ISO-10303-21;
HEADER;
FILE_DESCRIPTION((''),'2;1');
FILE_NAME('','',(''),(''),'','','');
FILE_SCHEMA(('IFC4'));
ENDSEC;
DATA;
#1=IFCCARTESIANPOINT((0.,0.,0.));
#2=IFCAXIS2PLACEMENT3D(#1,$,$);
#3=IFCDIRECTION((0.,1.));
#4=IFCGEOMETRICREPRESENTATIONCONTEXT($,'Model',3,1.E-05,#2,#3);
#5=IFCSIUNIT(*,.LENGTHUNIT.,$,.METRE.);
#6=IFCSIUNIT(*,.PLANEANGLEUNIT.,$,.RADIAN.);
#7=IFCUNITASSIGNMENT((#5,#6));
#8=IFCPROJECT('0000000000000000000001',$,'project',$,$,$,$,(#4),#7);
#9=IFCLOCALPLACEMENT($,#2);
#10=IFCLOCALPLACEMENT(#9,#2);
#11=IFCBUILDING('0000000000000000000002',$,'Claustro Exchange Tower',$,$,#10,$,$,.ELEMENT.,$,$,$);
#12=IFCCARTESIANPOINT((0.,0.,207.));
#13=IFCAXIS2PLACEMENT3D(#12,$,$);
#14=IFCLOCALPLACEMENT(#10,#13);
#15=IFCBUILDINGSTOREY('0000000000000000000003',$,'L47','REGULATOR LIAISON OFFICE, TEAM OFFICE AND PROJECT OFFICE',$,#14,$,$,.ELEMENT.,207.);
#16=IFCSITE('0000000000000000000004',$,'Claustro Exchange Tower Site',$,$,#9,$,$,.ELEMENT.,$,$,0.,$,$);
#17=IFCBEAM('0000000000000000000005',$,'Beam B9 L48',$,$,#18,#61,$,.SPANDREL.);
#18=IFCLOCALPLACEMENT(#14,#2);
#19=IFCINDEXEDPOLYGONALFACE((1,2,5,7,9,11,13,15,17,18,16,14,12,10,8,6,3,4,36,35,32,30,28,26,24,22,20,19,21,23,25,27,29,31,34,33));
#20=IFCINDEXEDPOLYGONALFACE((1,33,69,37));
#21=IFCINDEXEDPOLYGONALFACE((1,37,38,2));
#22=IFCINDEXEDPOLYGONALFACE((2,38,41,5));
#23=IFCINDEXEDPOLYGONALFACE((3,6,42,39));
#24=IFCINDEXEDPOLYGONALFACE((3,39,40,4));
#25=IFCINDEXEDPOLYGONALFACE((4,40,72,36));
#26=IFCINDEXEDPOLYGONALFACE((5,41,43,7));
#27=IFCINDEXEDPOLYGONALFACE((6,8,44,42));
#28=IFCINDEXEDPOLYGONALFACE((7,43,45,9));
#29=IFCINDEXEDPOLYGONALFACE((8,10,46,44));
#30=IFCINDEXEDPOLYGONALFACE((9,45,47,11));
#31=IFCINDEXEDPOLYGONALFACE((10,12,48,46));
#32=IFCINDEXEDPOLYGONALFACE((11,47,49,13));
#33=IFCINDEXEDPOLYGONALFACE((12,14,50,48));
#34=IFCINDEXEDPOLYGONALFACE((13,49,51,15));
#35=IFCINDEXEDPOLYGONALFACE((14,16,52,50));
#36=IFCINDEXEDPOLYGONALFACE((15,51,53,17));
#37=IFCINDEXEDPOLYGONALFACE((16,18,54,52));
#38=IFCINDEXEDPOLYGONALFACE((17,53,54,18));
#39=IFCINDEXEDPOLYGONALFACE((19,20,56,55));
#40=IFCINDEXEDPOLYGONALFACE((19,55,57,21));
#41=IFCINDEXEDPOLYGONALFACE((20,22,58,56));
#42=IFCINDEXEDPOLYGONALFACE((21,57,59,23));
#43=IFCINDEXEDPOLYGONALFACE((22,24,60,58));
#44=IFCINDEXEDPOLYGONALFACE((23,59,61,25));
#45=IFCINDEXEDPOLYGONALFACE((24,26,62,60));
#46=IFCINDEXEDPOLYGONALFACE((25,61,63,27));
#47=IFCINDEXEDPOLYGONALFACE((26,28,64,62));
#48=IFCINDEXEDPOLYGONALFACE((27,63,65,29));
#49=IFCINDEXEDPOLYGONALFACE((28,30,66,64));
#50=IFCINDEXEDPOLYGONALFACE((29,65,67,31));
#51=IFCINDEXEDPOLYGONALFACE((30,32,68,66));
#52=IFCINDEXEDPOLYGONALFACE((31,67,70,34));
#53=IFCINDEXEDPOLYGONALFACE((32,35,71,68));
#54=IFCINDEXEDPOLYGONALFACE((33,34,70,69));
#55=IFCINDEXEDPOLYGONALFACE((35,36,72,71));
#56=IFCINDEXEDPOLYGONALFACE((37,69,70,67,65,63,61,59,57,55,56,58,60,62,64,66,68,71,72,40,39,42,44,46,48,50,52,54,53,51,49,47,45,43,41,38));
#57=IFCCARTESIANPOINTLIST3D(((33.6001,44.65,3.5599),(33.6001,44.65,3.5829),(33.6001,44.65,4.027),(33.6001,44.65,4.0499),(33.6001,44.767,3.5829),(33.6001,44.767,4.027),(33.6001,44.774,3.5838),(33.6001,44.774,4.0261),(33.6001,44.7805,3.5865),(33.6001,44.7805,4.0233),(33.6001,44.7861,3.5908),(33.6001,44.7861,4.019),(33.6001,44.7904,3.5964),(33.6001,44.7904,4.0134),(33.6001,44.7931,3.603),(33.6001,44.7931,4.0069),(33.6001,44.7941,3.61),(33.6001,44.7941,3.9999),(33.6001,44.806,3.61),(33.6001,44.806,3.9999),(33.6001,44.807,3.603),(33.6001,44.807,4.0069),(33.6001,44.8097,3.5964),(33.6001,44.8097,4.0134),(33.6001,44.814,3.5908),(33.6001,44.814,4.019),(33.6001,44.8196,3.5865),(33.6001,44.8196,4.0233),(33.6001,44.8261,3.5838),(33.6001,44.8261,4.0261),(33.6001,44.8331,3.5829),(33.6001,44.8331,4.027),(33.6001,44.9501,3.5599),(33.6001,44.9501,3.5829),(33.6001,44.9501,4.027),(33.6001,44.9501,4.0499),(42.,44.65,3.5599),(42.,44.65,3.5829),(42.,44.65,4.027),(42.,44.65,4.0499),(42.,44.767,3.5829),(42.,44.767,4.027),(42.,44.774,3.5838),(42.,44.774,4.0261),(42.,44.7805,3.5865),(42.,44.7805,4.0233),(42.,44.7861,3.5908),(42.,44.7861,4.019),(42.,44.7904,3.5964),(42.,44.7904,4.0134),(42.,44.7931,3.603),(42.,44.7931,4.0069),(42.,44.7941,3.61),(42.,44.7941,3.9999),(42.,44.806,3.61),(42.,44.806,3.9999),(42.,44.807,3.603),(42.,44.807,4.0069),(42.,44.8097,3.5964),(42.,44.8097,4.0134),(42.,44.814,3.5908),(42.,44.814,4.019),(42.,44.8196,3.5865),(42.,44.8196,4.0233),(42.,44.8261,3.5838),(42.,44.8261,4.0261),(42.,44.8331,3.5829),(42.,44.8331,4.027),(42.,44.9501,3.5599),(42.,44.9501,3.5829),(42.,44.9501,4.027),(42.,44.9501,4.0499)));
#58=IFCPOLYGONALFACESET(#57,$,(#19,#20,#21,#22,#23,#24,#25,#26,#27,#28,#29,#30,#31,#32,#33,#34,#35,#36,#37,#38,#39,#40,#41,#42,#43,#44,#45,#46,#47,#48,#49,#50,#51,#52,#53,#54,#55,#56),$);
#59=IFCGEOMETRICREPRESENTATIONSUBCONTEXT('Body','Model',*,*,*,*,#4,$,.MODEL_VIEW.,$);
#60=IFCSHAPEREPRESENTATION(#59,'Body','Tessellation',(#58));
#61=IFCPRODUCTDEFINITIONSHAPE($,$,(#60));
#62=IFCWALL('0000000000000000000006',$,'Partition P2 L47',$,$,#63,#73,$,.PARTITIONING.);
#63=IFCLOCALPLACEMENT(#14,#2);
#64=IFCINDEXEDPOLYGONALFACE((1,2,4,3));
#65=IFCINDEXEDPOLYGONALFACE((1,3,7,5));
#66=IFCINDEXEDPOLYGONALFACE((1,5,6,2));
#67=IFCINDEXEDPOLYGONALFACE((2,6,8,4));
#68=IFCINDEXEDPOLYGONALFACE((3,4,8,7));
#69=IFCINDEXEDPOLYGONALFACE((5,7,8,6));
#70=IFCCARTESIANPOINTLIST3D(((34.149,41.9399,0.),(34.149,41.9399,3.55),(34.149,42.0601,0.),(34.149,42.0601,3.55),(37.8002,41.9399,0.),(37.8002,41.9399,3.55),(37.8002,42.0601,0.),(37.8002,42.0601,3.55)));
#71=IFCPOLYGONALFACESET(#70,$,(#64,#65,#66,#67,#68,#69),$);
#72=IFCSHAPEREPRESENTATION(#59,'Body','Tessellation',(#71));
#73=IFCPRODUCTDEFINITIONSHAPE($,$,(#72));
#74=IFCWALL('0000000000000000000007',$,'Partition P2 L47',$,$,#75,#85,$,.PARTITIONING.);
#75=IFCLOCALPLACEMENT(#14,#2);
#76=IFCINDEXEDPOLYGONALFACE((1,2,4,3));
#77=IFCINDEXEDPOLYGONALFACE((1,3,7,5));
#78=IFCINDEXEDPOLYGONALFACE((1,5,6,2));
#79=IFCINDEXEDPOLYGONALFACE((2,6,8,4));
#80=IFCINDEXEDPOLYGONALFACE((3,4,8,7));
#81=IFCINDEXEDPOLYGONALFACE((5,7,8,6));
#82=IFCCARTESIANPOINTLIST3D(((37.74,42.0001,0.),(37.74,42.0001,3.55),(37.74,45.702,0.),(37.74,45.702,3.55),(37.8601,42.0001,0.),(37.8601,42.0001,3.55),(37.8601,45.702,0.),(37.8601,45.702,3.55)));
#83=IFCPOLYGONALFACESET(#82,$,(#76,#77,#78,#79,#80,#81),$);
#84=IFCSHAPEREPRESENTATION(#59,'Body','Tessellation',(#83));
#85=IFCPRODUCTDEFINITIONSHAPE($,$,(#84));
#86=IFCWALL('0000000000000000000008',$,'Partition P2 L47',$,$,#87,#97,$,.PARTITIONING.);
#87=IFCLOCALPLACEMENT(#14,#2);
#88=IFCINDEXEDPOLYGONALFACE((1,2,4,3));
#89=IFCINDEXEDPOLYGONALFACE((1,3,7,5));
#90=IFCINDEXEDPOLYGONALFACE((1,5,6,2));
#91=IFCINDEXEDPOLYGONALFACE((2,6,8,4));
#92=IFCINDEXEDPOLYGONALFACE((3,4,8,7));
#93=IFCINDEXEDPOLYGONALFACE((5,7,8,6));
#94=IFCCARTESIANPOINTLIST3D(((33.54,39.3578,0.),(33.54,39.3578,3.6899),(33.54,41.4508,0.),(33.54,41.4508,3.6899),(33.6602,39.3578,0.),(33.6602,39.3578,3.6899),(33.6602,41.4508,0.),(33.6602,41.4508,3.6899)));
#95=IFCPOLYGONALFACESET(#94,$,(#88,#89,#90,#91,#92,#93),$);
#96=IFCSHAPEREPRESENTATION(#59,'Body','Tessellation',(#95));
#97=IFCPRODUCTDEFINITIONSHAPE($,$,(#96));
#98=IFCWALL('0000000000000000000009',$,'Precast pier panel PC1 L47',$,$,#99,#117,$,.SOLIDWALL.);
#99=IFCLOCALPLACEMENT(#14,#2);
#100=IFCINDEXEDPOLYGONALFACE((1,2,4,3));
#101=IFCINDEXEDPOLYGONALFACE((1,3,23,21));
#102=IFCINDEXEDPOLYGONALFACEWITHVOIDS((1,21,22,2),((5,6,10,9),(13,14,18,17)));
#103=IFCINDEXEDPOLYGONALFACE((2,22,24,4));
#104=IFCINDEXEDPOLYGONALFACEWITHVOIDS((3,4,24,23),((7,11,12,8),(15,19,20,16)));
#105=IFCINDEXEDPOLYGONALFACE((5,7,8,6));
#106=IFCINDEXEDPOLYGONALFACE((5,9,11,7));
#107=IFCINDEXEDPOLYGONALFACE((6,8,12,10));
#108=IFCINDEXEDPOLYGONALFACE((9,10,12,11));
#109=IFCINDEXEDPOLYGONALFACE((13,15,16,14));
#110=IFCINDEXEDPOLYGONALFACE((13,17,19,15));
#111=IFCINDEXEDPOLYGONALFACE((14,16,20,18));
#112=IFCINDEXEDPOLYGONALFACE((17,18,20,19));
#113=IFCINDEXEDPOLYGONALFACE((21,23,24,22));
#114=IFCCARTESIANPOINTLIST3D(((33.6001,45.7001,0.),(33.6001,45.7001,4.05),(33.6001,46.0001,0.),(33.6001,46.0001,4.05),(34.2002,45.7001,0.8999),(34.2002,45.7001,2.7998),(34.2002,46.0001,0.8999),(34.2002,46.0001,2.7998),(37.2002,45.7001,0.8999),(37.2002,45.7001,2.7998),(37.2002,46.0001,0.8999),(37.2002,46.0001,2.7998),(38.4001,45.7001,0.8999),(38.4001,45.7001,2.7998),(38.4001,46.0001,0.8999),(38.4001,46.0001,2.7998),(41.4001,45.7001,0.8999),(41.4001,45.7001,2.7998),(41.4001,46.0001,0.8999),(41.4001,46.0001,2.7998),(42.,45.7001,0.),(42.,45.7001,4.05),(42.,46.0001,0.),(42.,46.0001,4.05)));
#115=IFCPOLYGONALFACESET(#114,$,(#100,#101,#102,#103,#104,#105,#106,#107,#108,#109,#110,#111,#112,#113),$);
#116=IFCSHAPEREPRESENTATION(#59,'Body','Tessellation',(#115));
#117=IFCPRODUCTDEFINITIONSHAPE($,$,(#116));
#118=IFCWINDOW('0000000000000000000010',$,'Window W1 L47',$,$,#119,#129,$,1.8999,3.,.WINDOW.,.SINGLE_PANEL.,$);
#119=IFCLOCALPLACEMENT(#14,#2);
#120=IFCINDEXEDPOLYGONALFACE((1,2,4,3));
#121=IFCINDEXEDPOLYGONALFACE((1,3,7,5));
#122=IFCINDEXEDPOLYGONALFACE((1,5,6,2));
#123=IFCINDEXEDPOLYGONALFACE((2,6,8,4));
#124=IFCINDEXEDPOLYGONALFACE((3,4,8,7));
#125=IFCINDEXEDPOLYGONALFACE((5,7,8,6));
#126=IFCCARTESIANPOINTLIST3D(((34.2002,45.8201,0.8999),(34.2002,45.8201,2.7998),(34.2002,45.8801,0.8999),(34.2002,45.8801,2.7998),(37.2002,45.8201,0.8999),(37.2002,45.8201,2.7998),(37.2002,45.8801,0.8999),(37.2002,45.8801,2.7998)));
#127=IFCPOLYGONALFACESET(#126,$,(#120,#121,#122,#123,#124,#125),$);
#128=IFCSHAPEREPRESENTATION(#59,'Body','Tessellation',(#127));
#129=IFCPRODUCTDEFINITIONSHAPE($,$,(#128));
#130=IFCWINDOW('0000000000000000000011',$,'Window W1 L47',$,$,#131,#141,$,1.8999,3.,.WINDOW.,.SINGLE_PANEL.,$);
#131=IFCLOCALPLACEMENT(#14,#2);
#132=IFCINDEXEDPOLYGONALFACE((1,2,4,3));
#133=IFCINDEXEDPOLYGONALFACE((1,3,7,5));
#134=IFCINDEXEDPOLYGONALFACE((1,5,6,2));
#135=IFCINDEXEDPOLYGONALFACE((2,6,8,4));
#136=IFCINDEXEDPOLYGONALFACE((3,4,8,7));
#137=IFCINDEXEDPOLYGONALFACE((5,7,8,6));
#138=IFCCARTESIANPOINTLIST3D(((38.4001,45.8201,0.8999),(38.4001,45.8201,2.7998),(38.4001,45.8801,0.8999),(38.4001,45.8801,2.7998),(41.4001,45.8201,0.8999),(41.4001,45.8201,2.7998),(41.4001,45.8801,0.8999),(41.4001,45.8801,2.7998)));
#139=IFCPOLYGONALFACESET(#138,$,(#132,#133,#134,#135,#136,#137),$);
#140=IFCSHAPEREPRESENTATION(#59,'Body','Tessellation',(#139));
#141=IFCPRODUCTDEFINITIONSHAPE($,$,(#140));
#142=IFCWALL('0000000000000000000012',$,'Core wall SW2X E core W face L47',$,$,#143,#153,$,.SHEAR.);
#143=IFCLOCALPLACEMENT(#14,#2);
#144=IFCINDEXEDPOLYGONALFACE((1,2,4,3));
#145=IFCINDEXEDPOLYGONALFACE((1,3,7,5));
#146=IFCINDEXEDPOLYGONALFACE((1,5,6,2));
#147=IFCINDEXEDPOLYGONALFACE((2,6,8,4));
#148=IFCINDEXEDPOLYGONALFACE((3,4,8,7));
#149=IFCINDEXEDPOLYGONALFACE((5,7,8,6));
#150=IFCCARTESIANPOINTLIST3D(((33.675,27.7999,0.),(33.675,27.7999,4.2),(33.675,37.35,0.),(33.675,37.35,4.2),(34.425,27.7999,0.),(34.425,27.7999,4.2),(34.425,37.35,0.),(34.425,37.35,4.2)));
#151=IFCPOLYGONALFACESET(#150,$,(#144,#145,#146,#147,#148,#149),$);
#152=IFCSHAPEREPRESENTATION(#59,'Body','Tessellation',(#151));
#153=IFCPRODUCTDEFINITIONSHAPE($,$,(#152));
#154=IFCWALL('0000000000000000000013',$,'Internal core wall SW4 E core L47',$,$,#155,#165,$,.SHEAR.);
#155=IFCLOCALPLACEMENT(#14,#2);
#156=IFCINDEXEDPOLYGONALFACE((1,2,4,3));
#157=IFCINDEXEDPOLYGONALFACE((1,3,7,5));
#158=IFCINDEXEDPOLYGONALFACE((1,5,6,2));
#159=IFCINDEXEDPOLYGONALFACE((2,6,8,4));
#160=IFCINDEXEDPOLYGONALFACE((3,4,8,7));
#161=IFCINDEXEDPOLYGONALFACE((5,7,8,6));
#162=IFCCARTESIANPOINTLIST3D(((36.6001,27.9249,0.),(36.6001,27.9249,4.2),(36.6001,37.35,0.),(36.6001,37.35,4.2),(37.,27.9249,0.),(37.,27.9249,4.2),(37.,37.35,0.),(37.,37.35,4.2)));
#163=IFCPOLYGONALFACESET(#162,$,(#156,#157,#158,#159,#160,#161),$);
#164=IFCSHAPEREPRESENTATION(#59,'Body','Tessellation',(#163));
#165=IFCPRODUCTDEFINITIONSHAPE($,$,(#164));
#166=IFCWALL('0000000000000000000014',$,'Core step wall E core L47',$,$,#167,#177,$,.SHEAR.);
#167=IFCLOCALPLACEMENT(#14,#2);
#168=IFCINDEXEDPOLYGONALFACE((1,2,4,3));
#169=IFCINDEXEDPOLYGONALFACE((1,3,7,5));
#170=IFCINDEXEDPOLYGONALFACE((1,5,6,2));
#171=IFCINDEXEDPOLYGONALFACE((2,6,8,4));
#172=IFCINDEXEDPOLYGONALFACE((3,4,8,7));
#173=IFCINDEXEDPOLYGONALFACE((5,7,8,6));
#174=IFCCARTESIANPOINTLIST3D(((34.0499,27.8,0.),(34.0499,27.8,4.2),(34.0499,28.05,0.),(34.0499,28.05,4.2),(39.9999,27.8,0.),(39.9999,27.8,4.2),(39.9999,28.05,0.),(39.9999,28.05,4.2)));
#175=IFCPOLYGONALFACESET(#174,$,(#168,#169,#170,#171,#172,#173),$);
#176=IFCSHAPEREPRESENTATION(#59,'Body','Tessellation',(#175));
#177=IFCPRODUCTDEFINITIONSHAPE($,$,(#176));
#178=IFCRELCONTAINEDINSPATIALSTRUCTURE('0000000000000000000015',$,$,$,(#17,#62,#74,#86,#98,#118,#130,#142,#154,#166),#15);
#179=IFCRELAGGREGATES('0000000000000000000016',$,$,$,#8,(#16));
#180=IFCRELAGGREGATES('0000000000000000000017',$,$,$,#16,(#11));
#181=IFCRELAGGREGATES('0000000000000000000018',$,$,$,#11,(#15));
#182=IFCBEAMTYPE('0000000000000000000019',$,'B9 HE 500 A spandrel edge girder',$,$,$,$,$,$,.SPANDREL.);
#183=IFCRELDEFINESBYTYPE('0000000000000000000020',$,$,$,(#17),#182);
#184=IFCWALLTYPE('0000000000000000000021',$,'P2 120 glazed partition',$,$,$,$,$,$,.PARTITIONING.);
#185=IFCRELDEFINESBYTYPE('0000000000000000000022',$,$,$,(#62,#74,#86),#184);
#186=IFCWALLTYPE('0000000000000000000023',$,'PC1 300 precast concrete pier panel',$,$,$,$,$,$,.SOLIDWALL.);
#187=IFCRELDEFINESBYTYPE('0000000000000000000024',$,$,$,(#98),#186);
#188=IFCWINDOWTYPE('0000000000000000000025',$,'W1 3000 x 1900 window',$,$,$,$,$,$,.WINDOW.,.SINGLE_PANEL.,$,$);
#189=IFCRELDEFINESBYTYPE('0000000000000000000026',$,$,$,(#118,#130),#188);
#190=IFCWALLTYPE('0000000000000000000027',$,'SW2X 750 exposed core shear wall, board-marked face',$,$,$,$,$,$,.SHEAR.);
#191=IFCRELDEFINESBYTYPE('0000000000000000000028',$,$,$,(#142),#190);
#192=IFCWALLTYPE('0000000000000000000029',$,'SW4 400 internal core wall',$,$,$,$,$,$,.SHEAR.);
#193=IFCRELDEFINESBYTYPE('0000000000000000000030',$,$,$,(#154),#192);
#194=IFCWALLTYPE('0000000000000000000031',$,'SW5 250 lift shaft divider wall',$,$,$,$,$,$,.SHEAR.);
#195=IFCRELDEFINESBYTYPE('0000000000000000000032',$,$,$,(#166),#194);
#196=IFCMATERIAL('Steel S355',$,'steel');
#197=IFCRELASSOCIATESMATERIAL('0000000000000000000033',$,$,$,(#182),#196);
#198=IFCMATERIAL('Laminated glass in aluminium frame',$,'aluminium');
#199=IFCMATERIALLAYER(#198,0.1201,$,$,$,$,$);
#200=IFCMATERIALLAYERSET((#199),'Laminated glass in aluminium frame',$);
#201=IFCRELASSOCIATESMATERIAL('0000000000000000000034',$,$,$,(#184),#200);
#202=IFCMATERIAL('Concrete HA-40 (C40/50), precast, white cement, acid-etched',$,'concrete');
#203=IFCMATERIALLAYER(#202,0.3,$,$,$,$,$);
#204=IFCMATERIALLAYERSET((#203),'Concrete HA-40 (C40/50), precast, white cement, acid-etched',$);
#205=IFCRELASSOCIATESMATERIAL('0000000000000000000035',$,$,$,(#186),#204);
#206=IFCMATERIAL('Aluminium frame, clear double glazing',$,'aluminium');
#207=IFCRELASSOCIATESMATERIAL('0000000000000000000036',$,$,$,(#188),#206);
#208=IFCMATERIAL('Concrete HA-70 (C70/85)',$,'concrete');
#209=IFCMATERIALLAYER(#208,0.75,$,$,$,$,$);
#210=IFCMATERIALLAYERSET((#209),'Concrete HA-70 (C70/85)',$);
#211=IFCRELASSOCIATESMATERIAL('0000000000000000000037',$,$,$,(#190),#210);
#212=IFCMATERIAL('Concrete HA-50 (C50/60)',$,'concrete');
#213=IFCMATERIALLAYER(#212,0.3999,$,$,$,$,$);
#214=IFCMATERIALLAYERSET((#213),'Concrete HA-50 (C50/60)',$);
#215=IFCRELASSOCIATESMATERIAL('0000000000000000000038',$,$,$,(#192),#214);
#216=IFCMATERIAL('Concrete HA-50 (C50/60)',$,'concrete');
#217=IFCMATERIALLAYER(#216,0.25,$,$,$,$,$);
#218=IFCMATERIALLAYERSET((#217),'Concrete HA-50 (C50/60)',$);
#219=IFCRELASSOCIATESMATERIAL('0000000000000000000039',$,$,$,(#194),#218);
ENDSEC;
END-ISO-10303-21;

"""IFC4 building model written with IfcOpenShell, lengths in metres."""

from ifc_helpers import new_model, si_unit, direction, frame, frame_2d, origin, origin_2d, place, context, subcontext, project, spatial, rectangle, i_section, extrude, material, layer, layer_set, material_profile, profile_set, type_object, element, fill, save


model = new_model("IFC4")

# Units and contexts
model_context = context("Model", 3, precision=1e-05, world=origin(), true_north=direction((0.0, 1.0)))
body_context = subcontext(model_context, "Body", "Model", "MODEL_VIEW")
ifc_project = project(units=[si_unit("LENGTHUNIT", "METRE"), si_unit("PLANEANGLEUNIT", "RADIAN")], contexts=[model_context])

# Site, building, storey
site_placement = place(None, origin())
site = spatial("IfcSite", under=ifc_project, at=site_placement, Name="Claustro Exchange Tower Site", CompositionType="ELEMENT", RefElevation=0.0)
building_placement = place(site_placement, origin())
building = spatial("IfcBuilding", under=site, at=building_placement, Name="Claustro Exchange Tower", CompositionType="ELEMENT")
storey_placement = place(building_placement, frame((0.0, 0.0, 207.0)))
storey = spatial("IfcBuildingStorey", under=building, at=storey_placement, Name="L47", Description="REGULATOR LIAISON OFFICE, TEAM OFFICE AND PROJECT OFFICE", CompositionType="ELEMENT", Elevation=207.0)

# Beam
ifc_material_1 = material(Name="Steel S355", Category="steel")
ifc_material_profile_1 = material_profile(ifc_material_1, i_section(OverallWidth=0.3, OverallDepth=0.49, WebThickness=0.012, FlangeThickness=0.0229, FilletRadius=0.0271, at=origin_2d()), Name="HE 500 A")
ifc_profile_set_1 = profile_set([ifc_material_profile_1], Name="Steel S355")
beam_type_1 = type_object("IfcBeamType", Name="B9 HE 500 A spandrel edge girder", PredefinedType="SPANDREL", material=ifc_profile_set_1)
beam_1_placement = place(storey_placement, frame((33.6001, 44.8, 3.8049), z_axis=(1.0, 0.0, 0.0), x_axis=(0.0, 1.0, 0.0)))
element("IfcBeam", 1, at=beam_1_placement, inside=storey, type_object=beam_type_1, Name="Beam B9 L48", PredefinedType="SPANDREL", context=body_context, shape_type="SweptSolid", body=[
    extrude(i_section(OverallWidth=0.3, OverallDepth=0.49, WebThickness=0.012, FlangeThickness=0.0229, FilletRadius=0.0271, at=origin_2d()), origin(), (0.0, 0.0, 1.0), 8.3999),
])

# Walls
ifc_material_2 = material(Name="Laminated glass in aluminium frame", Category="aluminium")
ifc_layer_1 = layer(ifc_material_2, 0.1201)
ifc_layer_set_1 = layer_set([ifc_layer_1], Name="Laminated glass in aluminium frame")
wall_type_1 = type_object("IfcWallType", Name="P2 120 glazed partition", PredefinedType="PARTITIONING", material=ifc_layer_set_1)
wall_1_placement = place(storey_placement, frame((34.1489, 42.0, 0.0), z_axis=(0.0, 0.0, 1.0), x_axis=(1.0, 0.0, 0.0)))
element("IfcWall", 2, at=wall_1_placement, inside=storey, type_object=wall_type_1, Name="Partition P2 L47", PredefinedType="PARTITIONING", context=body_context, shape_type="SweptSolid", body=[
    extrude(rectangle(XDim=3.6511, YDim=0.1201, at=frame_2d((1.8257, 0.0))), origin(), (0.0, 0.0, 1.0), 3.55),
])
wall_2_placement = place(storey_placement, frame((37.8, 42.0, 0.0), z_axis=(0.0, 0.0, 1.0), x_axis=(0.0, 1.0, 0.0)))
element("IfcWall", 3, at=wall_2_placement, inside=storey, type_object=wall_type_1, Name="Partition P2 L47", PredefinedType="PARTITIONING", context=body_context, shape_type="SweptSolid", body=[
    extrude(rectangle(XDim=3.7019, YDim=0.1201, at=frame_2d((1.8511, 0.0))), origin(), (0.0, 0.0, 1.0), 3.55),
])
wall_3_placement = place(storey_placement, frame((33.6001, 39.3579, 0.0), z_axis=(0.0, 0.0, 1.0), x_axis=(0.0, 1.0, 0.0)))
element("IfcWall", 4, at=wall_3_placement, inside=storey, type_object=wall_type_1, Name="Partition P2 L47", PredefinedType="PARTITIONING", context=body_context, shape_type="SweptSolid", body=[
    extrude(rectangle(XDim=2.093, YDim=0.1201, at=frame_2d((1.0464, 0.0))), origin(), (0.0, 0.0, 1.0), 3.6899),
])

# Wall, openings, windows
ifc_material_3 = material(Name="Concrete HA-40 (C40/50), precast, white cement, acid-etched", Category="concrete")
ifc_layer_2 = layer(ifc_material_3, 0.3)
ifc_layer_set_2 = layer_set([ifc_layer_2], Name="Concrete HA-40 (C40/50), precast, white cement, acid-etched")
wall_type_2 = type_object("IfcWallType", Name="PC1 300 precast concrete pier panel", PredefinedType="SOLIDWALL", material=ifc_layer_set_2)
wall_4_placement = place(storey_placement, frame((33.6001, 45.8501, 0.0), z_axis=(0.0, 0.0, 1.0), x_axis=(1.0, 0.0, 0.0)))
wall_4 = element("IfcWall", 5, at=wall_4_placement, inside=storey, type_object=wall_type_2, Name="Precast pier panel PC1 L47", PredefinedType="SOLIDWALL", context=body_context, shape_type="SweptSolid", body=[
    extrude(rectangle(XDim=8.3999, YDim=0.3, at=frame_2d((4.2, 0.0))), origin(), (0.0, 0.0, 1.0), 4.05),
])
opening_1_placement = place(wall_4_placement, frame((0.6001, 0.0, 0.8999)))
opening_1 = element("IfcOpeningElement", 6, at=opening_1_placement, cuts=wall_4, PredefinedType="OPENING", context=body_context, shape_type="SweptSolid", body=[
    extrude(rectangle(XDim=3.0, YDim=1.8999, at=frame_2d((1.5, 0.95))), frame((0.0, 0.1599, 0.0), z_axis=(0.0, -1.0, 0.0), x_axis=(1.0, 0.0, 0.0)), (0.0, 0.0, 1.0), 0.3201),
])
opening_2_placement = place(wall_4_placement, frame((4.8, 0.0, 0.8999)))
opening_2 = element("IfcOpeningElement", 7, at=opening_2_placement, cuts=wall_4, PredefinedType="OPENING", context=body_context, shape_type="SweptSolid", body=[
    extrude(rectangle(XDim=3.0, YDim=1.8999, at=frame_2d((1.5, 0.95))), frame((0.0, 0.1599, 0.0), z_axis=(0.0, -1.0, 0.0), x_axis=(1.0, 0.0, 0.0)), (0.0, 0.0, 1.0), 0.3201),
])
ifc_material_4 = material(Name="Aluminium frame, clear double glazing", Category="aluminium")
window_type = type_object("IfcWindowType", Name="W1 3000 x 1900 window", PartitioningType="SINGLE_PANEL", PredefinedType="WINDOW", material=ifc_material_4)
window_1_placement = place(opening_1_placement, origin())
window_1 = element("IfcWindow", 8, at=window_1_placement, inside=storey, type_object=window_type, Name="Window W1 L47", OverallHeight=1.8999, OverallWidth=3.0, PartitioningType="SINGLE_PANEL", PredefinedType="WINDOW", context=body_context, shape_type="SweptSolid", body=[
    extrude(rectangle(XDim=3.0, YDim=1.8999, at=frame_2d((1.5, 0.95))), frame((0.0, 0.03, 0.0), z_axis=(0.0, -1.0, 0.0), x_axis=(1.0, 0.0, 0.0)), (0.0, 0.0, 1.0), 0.0601),
])
fill(opening_1, window_1)
window_2_placement = place(opening_2_placement, origin())
window_2 = element("IfcWindow", 9, at=window_2_placement, inside=storey, type_object=window_type, Name="Window W1 L47", OverallHeight=1.8999, OverallWidth=3.0, PartitioningType="SINGLE_PANEL", PredefinedType="WINDOW", context=body_context, shape_type="SweptSolid", body=[
    extrude(rectangle(XDim=3.0, YDim=1.8999, at=frame_2d((1.5, 0.95))), frame((0.0, 0.03, 0.0), z_axis=(0.0, -1.0, 0.0), x_axis=(1.0, 0.0, 0.0)), (0.0, 0.0, 1.0), 0.0601),
])
fill(opening_2, window_2)

# Walls
ifc_material_5 = material(Name="Concrete HA-70 (C70/85)", Category="concrete")
ifc_layer_3 = layer(ifc_material_5, 0.75)
ifc_layer_set_3 = layer_set([ifc_layer_3], Name="Concrete HA-70 (C70/85)")
wall_type_3 = type_object("IfcWallType", Name="SW2X 750 exposed core shear wall, board-marked face", PredefinedType="SHEAR", material=ifc_layer_set_3)
wall_5_placement = place(storey_placement, frame((34.05, 27.8, 0.0), z_axis=(0.0, 0.0, 1.0), x_axis=(0.0, 1.0, 0.0)))
element("IfcWall", 10, at=wall_5_placement, inside=storey, type_object=wall_type_3, Name="Core wall SW2X E core W face L47", PredefinedType="SHEAR", context=body_context, shape_type="SweptSolid", body=[
    extrude(rectangle(XDim=9.55, YDim=0.75, at=frame_2d((4.7749, 0.0))), origin(), (0.0, 0.0, 1.0), 4.2),
])
ifc_material_6 = material(Name="Concrete HA-50 (C50/60)", Category="concrete")
ifc_layer_4 = layer(ifc_material_6, 0.3999)
ifc_layer_set_4 = layer_set([ifc_layer_4], Name="Concrete HA-50 (C50/60)")
wall_type_4 = type_object("IfcWallType", Name="SW4 400 internal core wall", PredefinedType="SHEAR", material=ifc_layer_set_4)
wall_6_placement = place(storey_placement, frame((36.8, 27.925, 0.0), z_axis=(0.0, 0.0, 1.0), x_axis=(0.0, 1.0, 0.0)))
element("IfcWall", 11, at=wall_6_placement, inside=storey, type_object=wall_type_4, Name="Internal core wall SW4 E core L47", PredefinedType="SHEAR", context=body_context, shape_type="SweptSolid", body=[
    extrude(rectangle(XDim=9.425, YDim=0.3999, at=frame_2d((4.7124, 0.0))), origin(), (0.0, 0.0, 1.0), 4.2),
])
ifc_material_7 = material(Name="Concrete HA-50 (C50/60)", Category="concrete")
ifc_layer_5 = layer(ifc_material_7, 0.25)
ifc_layer_set_5 = layer_set([ifc_layer_5], Name="Concrete HA-50 (C50/60)")
wall_type_5 = type_object("IfcWallType", Name="SW5 250 lift shaft divider wall", PredefinedType="SHEAR", material=ifc_layer_set_5)
wall_7_placement = place(storey_placement, frame((40.0, 27.925, 0.0), z_axis=(0.0, 0.0, 1.0), x_axis=(-1.0, 0.0, 0.0)))
element("IfcWall", 12, at=wall_7_placement, inside=storey, type_object=wall_type_5, Name="Core step wall E core L47", PredefinedType="SHEAR", context=body_context, shape_type="SweptSolid", body=[
    extrude(rectangle(XDim=5.95, YDim=0.25, at=frame_2d((2.9751, 0.0))), origin(), (0.0, 0.0, 1.0), 4.2),
])

save(model, "model.ifc")
